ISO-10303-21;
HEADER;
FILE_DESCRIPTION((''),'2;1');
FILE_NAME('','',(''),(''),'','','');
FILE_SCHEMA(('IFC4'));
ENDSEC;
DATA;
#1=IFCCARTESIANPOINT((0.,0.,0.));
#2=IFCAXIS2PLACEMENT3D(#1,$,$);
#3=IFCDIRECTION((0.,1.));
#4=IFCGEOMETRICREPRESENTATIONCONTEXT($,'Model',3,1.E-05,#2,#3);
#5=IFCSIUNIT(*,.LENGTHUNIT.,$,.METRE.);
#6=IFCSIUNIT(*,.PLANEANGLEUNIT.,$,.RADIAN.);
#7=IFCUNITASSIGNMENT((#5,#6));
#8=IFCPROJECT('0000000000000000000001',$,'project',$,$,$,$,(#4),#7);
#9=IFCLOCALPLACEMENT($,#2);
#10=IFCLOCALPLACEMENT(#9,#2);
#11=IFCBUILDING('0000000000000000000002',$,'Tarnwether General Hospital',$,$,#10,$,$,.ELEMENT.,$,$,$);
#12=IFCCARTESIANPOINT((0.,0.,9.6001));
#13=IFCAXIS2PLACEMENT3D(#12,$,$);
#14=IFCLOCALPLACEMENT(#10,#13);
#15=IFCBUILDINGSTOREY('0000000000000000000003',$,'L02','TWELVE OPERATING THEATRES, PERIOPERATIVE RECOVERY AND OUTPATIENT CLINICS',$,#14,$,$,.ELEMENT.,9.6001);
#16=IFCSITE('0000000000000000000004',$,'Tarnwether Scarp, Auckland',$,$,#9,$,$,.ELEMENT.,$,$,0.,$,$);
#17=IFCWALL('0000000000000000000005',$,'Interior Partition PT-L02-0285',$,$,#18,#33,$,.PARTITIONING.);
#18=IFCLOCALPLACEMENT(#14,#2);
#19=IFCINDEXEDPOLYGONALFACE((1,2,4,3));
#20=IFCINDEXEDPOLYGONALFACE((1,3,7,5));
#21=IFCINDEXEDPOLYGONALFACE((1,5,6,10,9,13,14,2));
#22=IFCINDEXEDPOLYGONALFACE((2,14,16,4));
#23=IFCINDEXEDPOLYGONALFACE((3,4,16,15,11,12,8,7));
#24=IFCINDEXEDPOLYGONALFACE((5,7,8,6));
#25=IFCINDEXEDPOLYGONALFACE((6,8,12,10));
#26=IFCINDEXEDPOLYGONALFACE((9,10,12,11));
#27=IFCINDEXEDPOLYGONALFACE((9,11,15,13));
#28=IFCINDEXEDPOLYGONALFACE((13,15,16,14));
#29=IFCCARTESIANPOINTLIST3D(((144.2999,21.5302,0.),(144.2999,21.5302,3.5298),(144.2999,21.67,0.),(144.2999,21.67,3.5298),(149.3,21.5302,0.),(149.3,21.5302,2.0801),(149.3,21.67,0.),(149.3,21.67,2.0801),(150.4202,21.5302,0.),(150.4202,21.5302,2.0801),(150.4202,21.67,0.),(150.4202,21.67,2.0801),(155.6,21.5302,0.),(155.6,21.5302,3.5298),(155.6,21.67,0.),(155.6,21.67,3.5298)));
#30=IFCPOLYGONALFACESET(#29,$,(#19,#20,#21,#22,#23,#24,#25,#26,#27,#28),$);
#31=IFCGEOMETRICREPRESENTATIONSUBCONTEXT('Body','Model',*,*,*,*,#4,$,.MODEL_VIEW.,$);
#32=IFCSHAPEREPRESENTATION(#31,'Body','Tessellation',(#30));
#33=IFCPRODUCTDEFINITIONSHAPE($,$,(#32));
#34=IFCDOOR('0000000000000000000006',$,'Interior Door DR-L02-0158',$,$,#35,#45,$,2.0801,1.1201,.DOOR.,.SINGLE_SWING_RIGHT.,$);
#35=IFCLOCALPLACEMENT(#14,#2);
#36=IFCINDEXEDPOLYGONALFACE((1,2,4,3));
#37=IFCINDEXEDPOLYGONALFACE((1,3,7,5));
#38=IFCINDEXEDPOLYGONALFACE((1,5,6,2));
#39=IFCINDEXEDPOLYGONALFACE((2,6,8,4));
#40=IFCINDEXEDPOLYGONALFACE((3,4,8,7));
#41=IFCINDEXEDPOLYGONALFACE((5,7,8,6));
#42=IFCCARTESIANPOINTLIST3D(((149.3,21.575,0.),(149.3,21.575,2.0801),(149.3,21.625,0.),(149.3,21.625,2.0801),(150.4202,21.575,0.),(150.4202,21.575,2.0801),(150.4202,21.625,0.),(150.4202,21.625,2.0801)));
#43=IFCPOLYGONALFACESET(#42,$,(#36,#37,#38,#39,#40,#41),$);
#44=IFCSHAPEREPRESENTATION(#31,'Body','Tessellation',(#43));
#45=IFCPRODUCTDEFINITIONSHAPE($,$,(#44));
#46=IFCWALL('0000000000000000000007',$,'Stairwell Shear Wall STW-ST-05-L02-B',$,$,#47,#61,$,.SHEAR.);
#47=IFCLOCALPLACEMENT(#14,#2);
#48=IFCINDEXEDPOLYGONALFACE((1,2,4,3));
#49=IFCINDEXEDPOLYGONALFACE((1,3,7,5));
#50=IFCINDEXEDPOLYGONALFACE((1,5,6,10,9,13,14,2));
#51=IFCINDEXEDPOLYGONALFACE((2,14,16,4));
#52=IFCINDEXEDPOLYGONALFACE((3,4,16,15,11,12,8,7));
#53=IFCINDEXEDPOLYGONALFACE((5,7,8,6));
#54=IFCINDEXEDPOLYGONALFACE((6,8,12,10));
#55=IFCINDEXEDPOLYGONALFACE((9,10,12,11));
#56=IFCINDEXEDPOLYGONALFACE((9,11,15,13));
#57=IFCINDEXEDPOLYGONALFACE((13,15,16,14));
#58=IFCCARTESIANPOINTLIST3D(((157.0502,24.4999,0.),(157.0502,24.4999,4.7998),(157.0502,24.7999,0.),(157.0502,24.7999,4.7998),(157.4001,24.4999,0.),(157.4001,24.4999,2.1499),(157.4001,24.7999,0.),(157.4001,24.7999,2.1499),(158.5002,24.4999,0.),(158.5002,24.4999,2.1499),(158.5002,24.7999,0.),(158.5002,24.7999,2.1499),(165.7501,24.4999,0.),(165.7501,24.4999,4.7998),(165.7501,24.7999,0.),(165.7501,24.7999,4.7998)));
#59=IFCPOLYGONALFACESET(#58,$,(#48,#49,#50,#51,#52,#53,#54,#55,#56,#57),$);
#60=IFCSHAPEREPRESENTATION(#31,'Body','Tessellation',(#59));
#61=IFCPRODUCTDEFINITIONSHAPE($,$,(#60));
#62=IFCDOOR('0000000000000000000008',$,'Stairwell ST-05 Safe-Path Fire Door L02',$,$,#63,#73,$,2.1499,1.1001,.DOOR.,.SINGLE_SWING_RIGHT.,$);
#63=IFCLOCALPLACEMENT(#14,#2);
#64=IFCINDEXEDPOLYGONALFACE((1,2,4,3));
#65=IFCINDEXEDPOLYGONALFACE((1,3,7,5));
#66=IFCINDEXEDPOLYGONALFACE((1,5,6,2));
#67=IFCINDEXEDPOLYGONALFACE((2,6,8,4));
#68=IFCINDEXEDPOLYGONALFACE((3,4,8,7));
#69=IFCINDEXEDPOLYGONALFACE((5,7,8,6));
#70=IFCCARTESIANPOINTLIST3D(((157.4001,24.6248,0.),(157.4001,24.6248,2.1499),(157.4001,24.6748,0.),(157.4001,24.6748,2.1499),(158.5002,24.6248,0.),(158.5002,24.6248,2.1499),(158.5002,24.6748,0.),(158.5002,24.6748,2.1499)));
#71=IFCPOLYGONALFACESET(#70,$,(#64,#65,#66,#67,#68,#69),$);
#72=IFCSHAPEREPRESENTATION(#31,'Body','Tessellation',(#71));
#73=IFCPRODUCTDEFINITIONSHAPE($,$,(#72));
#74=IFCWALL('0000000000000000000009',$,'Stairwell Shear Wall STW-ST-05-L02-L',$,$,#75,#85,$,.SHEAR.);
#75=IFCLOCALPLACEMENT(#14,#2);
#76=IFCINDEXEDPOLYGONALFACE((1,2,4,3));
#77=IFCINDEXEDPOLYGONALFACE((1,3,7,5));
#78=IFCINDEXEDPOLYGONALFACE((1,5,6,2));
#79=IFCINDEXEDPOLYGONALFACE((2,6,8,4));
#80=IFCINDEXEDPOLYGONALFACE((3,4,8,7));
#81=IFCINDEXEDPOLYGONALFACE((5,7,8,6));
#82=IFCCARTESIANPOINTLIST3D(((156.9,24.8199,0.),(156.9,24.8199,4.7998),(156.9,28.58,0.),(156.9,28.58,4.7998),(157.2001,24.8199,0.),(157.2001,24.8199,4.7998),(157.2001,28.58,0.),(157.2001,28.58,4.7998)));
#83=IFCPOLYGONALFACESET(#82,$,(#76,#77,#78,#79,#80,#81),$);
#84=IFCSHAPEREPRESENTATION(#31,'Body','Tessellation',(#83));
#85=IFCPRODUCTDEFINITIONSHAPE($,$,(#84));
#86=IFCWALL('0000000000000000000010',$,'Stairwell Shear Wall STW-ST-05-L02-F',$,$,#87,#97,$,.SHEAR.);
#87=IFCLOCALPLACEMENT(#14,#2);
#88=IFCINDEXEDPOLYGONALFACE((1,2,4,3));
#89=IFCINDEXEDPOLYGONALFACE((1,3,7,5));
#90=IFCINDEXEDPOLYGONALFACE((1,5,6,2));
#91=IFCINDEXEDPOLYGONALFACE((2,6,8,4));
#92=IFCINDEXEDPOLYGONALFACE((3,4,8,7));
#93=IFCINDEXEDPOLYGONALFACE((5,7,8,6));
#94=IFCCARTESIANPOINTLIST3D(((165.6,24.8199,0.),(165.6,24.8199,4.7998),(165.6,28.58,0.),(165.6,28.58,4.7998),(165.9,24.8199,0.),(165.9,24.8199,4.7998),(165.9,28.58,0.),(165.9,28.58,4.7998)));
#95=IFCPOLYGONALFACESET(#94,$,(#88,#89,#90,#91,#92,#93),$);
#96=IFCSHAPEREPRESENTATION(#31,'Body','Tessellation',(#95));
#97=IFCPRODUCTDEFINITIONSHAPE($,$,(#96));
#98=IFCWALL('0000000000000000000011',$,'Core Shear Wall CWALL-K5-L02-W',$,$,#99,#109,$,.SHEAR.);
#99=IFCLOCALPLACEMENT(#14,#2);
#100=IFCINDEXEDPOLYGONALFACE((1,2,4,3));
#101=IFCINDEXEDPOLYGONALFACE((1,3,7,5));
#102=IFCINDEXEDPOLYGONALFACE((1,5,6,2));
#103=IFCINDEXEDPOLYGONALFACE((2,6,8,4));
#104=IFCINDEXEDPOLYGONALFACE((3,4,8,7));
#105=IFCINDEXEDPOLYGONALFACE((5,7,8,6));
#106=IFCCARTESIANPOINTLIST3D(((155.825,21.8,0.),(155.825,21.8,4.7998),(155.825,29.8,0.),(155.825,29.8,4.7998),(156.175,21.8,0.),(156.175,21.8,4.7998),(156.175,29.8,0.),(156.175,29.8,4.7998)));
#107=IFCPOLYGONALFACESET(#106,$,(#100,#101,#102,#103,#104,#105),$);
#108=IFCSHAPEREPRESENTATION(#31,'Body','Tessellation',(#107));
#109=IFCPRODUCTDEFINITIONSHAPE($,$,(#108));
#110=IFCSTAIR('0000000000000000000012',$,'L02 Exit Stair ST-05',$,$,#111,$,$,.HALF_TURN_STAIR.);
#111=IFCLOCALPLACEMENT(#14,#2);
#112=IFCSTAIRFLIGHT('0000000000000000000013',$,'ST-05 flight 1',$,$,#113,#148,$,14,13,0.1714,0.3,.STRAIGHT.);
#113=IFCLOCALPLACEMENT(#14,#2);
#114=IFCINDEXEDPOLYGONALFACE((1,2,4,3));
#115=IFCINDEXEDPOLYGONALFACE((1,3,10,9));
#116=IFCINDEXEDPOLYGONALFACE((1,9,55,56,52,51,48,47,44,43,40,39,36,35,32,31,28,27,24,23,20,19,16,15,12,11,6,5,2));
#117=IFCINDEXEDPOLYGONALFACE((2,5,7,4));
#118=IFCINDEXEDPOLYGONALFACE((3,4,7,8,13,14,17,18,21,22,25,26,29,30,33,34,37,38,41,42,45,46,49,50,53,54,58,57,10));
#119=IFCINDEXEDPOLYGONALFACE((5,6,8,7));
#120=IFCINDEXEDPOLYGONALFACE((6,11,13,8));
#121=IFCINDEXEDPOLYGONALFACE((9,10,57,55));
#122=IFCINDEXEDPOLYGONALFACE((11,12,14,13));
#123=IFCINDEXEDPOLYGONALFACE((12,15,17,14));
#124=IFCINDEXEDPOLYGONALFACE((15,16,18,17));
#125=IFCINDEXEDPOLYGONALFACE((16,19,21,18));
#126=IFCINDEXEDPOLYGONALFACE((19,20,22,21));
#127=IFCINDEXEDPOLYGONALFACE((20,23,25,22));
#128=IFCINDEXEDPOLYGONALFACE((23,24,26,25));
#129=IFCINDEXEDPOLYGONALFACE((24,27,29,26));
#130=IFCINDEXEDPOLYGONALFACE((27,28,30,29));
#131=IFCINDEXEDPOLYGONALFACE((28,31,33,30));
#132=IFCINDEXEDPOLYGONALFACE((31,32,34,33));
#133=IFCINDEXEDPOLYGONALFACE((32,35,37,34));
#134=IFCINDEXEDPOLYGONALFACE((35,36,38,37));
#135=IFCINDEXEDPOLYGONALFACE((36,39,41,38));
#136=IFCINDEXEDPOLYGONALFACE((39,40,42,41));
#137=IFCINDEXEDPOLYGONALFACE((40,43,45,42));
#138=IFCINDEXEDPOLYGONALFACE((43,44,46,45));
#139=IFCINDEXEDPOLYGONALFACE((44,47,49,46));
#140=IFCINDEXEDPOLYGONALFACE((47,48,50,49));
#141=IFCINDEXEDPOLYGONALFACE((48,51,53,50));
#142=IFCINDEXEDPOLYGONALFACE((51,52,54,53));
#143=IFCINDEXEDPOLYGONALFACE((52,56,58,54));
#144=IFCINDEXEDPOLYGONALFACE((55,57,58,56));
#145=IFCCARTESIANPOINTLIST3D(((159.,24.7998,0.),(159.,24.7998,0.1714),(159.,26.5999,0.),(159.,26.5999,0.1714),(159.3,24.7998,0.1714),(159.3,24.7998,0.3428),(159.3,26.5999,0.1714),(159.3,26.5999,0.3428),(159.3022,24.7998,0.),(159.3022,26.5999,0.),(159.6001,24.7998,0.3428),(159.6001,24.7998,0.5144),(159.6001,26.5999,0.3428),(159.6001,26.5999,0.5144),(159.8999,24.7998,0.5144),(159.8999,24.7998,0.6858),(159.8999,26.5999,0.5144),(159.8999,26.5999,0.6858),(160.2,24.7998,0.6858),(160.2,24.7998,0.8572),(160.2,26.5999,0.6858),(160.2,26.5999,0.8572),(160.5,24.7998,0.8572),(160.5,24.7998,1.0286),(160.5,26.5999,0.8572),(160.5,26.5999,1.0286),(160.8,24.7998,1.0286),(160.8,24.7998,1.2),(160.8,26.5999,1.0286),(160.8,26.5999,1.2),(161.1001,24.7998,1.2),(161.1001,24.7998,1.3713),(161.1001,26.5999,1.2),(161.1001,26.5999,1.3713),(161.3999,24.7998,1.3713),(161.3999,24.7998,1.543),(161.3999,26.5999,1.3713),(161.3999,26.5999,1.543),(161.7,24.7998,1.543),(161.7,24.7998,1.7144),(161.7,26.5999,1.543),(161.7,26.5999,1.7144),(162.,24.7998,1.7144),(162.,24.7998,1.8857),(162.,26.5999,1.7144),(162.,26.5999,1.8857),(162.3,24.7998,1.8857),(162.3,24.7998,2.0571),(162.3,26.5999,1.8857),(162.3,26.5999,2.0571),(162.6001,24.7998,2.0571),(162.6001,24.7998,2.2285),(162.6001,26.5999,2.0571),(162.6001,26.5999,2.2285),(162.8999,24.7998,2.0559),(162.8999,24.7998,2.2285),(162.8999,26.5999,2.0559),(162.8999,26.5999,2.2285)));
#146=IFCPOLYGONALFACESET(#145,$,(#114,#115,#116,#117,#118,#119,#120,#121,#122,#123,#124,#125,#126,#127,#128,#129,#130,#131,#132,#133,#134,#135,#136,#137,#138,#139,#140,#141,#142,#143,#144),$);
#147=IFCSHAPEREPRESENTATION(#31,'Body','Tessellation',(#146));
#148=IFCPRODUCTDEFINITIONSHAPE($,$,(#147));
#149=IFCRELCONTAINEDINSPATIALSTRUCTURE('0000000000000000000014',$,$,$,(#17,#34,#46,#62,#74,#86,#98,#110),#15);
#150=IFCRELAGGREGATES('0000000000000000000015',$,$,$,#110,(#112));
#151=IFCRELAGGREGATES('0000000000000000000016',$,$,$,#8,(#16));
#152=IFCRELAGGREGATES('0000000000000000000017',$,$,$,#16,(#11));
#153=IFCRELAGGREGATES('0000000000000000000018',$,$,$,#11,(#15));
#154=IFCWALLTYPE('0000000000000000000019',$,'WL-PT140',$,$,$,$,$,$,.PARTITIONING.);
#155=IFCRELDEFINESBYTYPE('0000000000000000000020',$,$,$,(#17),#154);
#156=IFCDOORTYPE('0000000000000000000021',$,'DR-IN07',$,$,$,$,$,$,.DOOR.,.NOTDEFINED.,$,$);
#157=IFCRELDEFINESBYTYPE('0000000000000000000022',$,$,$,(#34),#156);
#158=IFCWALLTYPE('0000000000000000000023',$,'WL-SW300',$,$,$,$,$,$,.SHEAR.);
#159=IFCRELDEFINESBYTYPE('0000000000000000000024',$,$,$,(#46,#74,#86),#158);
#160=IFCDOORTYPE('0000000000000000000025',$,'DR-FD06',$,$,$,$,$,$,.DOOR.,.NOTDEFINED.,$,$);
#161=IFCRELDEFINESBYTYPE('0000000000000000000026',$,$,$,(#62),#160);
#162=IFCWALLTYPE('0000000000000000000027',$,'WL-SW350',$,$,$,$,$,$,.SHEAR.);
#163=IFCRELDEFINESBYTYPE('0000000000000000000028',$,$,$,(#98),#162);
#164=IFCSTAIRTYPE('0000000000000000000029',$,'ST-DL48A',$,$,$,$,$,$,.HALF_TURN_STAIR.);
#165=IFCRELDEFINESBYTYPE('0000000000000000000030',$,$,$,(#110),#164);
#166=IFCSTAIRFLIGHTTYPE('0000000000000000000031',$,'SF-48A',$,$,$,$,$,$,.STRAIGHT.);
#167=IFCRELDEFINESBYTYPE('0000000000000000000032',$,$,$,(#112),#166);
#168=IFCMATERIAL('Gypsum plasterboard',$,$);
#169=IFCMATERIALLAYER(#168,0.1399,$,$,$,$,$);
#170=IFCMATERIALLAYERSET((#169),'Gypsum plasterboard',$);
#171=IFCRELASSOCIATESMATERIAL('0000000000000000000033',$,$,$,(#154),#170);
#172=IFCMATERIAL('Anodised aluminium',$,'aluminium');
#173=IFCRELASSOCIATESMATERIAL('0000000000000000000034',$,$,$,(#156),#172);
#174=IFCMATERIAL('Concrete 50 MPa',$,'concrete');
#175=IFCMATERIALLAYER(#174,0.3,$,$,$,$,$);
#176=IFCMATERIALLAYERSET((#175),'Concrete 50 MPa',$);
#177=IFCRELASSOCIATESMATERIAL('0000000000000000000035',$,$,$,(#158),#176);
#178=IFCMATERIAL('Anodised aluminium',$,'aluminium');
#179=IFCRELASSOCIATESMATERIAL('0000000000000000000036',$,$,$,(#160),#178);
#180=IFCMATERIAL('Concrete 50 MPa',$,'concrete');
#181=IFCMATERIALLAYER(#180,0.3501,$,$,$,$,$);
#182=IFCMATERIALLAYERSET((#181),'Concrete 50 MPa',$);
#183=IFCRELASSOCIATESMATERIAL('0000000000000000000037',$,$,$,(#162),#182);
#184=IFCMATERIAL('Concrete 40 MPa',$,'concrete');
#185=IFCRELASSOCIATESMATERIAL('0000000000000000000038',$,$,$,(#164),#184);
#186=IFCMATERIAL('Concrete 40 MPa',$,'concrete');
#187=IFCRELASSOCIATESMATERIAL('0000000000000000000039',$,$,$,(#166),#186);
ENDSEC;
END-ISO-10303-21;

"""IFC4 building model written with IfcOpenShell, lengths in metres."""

from ifc_helpers import new_model, si_unit, direction, frame, frame_2d, origin, place, context, subcontext, project, spatial, polyline, rectangle, outline, extrude, material, layer, layer_set, type_object, element, fill, aggregate, save


model = new_model("IFC4")

# Units and contexts
model_context = context("Model", 3, precision=1e-05, world=origin(), true_north=direction((0.0, 1.0)))
body_context = subcontext(model_context, "Body", "Model", "MODEL_VIEW")
ifc_project = project(units=[si_unit("LENGTHUNIT", "METRE"), si_unit("PLANEANGLEUNIT", "RADIAN")], contexts=[model_context])

# Site, building, storey
site_placement = place(None, origin())
site = spatial("IfcSite", under=ifc_project, at=site_placement, Name="Tarnwether Scarp, Auckland", CompositionType="ELEMENT", RefElevation=0.0)
building_placement = place(site_placement, origin())
building = spatial("IfcBuilding", under=site, at=building_placement, Name="Tarnwether General Hospital", CompositionType="ELEMENT")
storey_placement = place(building_placement, frame((0.0, 0.0, 9.6001)))
storey = spatial("IfcBuildingStorey", under=building, at=storey_placement, Name="L02", Description="TWELVE OPERATING THEATRES, PERIOPERATIVE RECOVERY AND OUTPATIENT CLINICS", CompositionType="ELEMENT", Elevation=9.6001)

# Walls, openings, doors
ifc_material_1 = material(Name="Gypsum plasterboard")
ifc_layer_1 = layer(ifc_material_1, 0.1399)
ifc_layer_set_1 = layer_set([ifc_layer_1], Name="Gypsum plasterboard")
wall_type_1 = type_object("IfcWallType", Name="WL-PT140", PredefinedType="PARTITIONING", material=ifc_layer_set_1)
wall_1_placement = place(storey_placement, frame((144.3, 21.6001, 0.0), z_axis=(0.0, 0.0, 1.0), x_axis=(1.0, 0.0, 0.0)))
wall_1 = element("IfcWall", 1, at=wall_1_placement, inside=storey, type_object=wall_type_1, Name="Interior Partition PT-L02-0285", PredefinedType="PARTITIONING", context=body_context, shape_type="SweptSolid", body=[
    extrude(rectangle(XDim=11.3, YDim=0.1399, at=frame_2d((5.6499, 0.0))), origin(), (0.0, 0.0, 1.0), 3.5298),
])
opening_1_placement = place(wall_1_placement, frame((5.0, 0.0, 0.0)))
opening_1 = element("IfcOpeningElement", 2, at=opening_1_placement, cuts=wall_1, PredefinedType="OPENING", context=body_context, shape_type="SweptSolid", body=[
    extrude(rectangle(XDim=1.1201, YDim=2.0801, at=frame_2d((0.5601, 1.04))), frame((0.0, 0.0801, 0.0), z_axis=(0.0, -1.0, 0.0), x_axis=(1.0, 0.0, 0.0)), (0.0, 0.0, 1.0), 0.1599),
])
ifc_material_2 = material(Name="Anodised aluminium", Category="aluminium")
door_type_1 = type_object("IfcDoorType", Name="DR-IN07", OperationType="NOTDEFINED", PredefinedType="DOOR", material=ifc_material_2)
door_1_placement = place(opening_1_placement, origin())
door_1 = element("IfcDoor", 3, at=door_1_placement, inside=storey, type_object=door_type_1, Name="Interior Door DR-L02-0158", OperationType="SINGLE_SWING_RIGHT", OverallHeight=2.0801, OverallWidth=1.1201, PredefinedType="DOOR", context=body_context, shape_type="SweptSolid", body=[
    extrude(rectangle(XDim=1.1201, YDim=2.0801, at=frame_2d((0.5601, 1.04))), frame((0.0, 0.0249, 0.0), z_axis=(0.0, -1.0, 0.0), x_axis=(1.0, 0.0, 0.0)), (0.0, 0.0, 1.0), 0.05),
])
fill(opening_1, door_1)
ifc_material_3 = material(Name="Concrete 50 MPa", Category="concrete")
ifc_layer_2 = layer(ifc_material_3, 0.3)
ifc_layer_set_2 = layer_set([ifc_layer_2], Name="Concrete 50 MPa")
wall_type_2 = type_object("IfcWallType", Name="WL-SW300", PredefinedType="SHEAR", material=ifc_layer_set_2)
wall_2_placement = place(storey_placement, frame((157.05, 24.6499, 0.0), z_axis=(0.0, 0.0, 1.0), x_axis=(1.0, 0.0, 0.0)))
wall_2 = element("IfcWall", 4, at=wall_2_placement, inside=storey, type_object=wall_type_2, Name="Stairwell Shear Wall STW-ST-05-L02-B", PredefinedType="SHEAR", context=body_context, shape_type="SweptSolid", body=[
    extrude(rectangle(XDim=8.7, YDim=0.3, at=frame_2d((4.3501, 0.0))), origin(), (0.0, 0.0, 1.0), 4.7998),
])
opening_2_placement = place(wall_2_placement, frame((0.3501, 0.0, 0.0)))
opening_2 = element("IfcOpeningElement", 5, at=opening_2_placement, cuts=wall_2, PredefinedType="OPENING", context=body_context, shape_type="SweptSolid", body=[
    extrude(rectangle(XDim=1.1001, YDim=2.1499, at=frame_2d((0.55, 1.075))), frame((0.0, 0.1602, 0.0), z_axis=(0.0, -1.0, 0.0), x_axis=(1.0, 0.0, 0.0)), (0.0, 0.0, 1.0), 0.3201),
])
ifc_material_4 = material(Name="Anodised aluminium", Category="aluminium")
door_type_2 = type_object("IfcDoorType", Name="DR-FD06", OperationType="NOTDEFINED", PredefinedType="DOOR", material=ifc_material_4)
door_2_placement = place(opening_2_placement, origin())
door_2 = element("IfcDoor", 6, at=door_2_placement, inside=storey, type_object=door_type_2, Name="Stairwell ST-05 Safe-Path Fire Door L02", OperationType="SINGLE_SWING_RIGHT", OverallHeight=2.1499, OverallWidth=1.1001, PredefinedType="DOOR", context=body_context, shape_type="SweptSolid", body=[
    extrude(rectangle(XDim=1.1001, YDim=2.1499, at=frame_2d((0.55, 1.075))), frame((0.0, 0.0249, 0.0), z_axis=(0.0, -1.0, 0.0), x_axis=(1.0, 0.0, 0.0)), (0.0, 0.0, 1.0), 0.05),
])
fill(opening_2, door_2)

# Walls
for number, where, z_axis, x_axis, name in (
    (7, (157.05, 24.8201, 0.0), (0.0, 0.0, 1.0), (0.0, 1.0, 0.0), "Stairwell Shear Wall STW-ST-05-L02-L"),
    (8, (165.75, 24.8201, 0.0), (0.0, 0.0, 1.0), (0.0, 1.0, 0.0), "Stairwell Shear Wall STW-ST-05-L02-F"),
):
    element("IfcWall", number, at=place(storey_placement, frame(where, z_axis=z_axis, x_axis=x_axis)), inside=storey, type_object=wall_type_2, Name=name, PredefinedType="SHEAR", context=body_context, shape_type="SweptSolid", body=[
        extrude(rectangle(XDim=3.76, YDim=0.3, at=frame_2d((1.8799, 0.0))), origin(), (0.0, 0.0, 1.0), 4.7998),
    ])
ifc_material_5 = material(Name="Concrete 50 MPa", Category="concrete")
ifc_layer_3 = layer(ifc_material_5, 0.3501)
ifc_layer_set_3 = layer_set([ifc_layer_3], Name="Concrete 50 MPa")
wall_type_3 = type_object("IfcWallType", Name="WL-SW350", PredefinedType="SHEAR", material=ifc_layer_set_3)
wall_3_placement = place(storey_placement, frame((156.0, 21.8, 0.0), z_axis=(0.0, 0.0, 1.0), x_axis=(0.0, 1.0, 0.0)))
element("IfcWall", 9, at=wall_3_placement, inside=storey, type_object=wall_type_3, Name="Core Shear Wall CWALL-K5-L02-W", PredefinedType="SHEAR", context=body_context, shape_type="SweptSolid", body=[
    extrude(rectangle(XDim=8.0, YDim=0.3501, at=frame_2d((4.0, 0.0))), origin(), (0.0, 0.0, 1.0), 4.7998),
])

# Stair, stair flight
ifc_material_6 = material(Name="Concrete 40 MPa", Category="concrete")
stair_type = type_object("IfcStairType", Name="ST-DL48A", PredefinedType="HALF_TURN_STAIR", material=ifc_material_6)
stair_placement = place(storey_placement, origin())
stair = element("IfcStair", 10, at=stair_placement, inside=storey, type_object=stair_type, Name="L02 Exit Stair ST-05", PredefinedType="HALF_TURN_STAIR")
ifc_material_7 = material(Name="Concrete 40 MPa", Category="concrete")
stair_flight_type = type_object("IfcStairFlightType", Name="SF-48A", PredefinedType="STRAIGHT", material=ifc_material_7)
stair_flight_placement = place(storey_placement, frame((159.0, 25.7, 0.0), z_axis=(0.0, 0.0, 1.0), x_axis=(1.0, 0.0, 0.0)))
stair_flight = element("IfcStairFlight", 11, at=stair_flight_placement, type_object=stair_flight_type, Name="ST-05 flight 1", NumberOfRisers=14, NumberOfTreads=13, PredefinedType="STRAIGHT", RiserHeight=0.1714, TreadLength=0.3, context=body_context, shape_type="SweptSolid", body=[
    extrude(outline(polyline([(0.0, 0.0), (0.0, 0.1714), (0.3, 0.1714), (0.3, 0.3428), (0.6001, 0.3428), (0.6001, 0.5144), (0.8999, 0.5144), (0.8999, 0.6858), (1.2, 0.6858), (1.2, 0.8572), (1.5, 0.8572), (1.5, 1.0286), (1.8, 1.0286), (1.8, 1.2), (2.1001, 1.2), (2.1001, 1.3713), (2.3999, 1.3713), (2.3999, 1.543), (2.7, 1.543), (2.7, 1.7144), (3.0, 1.7144), (3.0, 1.8857), (3.3, 1.8857), (3.3, 2.0571), (3.6001, 2.0571), (3.6001, 2.2285), (3.8999, 2.2285), (3.8999, 2.3999), (3.8999, 2.0559), (0.3022, 0.0), (0.0, 0.0)])), frame((0.0, 0.8999, 0.0), z_axis=(0.0, -1.0, 0.0), x_axis=(1.0, 0.0, 0.0)), (0.0, 0.0, 1.0), 1.8),
])
aggregate(stair, [stair_flight])

save(model, "model.ifc")
